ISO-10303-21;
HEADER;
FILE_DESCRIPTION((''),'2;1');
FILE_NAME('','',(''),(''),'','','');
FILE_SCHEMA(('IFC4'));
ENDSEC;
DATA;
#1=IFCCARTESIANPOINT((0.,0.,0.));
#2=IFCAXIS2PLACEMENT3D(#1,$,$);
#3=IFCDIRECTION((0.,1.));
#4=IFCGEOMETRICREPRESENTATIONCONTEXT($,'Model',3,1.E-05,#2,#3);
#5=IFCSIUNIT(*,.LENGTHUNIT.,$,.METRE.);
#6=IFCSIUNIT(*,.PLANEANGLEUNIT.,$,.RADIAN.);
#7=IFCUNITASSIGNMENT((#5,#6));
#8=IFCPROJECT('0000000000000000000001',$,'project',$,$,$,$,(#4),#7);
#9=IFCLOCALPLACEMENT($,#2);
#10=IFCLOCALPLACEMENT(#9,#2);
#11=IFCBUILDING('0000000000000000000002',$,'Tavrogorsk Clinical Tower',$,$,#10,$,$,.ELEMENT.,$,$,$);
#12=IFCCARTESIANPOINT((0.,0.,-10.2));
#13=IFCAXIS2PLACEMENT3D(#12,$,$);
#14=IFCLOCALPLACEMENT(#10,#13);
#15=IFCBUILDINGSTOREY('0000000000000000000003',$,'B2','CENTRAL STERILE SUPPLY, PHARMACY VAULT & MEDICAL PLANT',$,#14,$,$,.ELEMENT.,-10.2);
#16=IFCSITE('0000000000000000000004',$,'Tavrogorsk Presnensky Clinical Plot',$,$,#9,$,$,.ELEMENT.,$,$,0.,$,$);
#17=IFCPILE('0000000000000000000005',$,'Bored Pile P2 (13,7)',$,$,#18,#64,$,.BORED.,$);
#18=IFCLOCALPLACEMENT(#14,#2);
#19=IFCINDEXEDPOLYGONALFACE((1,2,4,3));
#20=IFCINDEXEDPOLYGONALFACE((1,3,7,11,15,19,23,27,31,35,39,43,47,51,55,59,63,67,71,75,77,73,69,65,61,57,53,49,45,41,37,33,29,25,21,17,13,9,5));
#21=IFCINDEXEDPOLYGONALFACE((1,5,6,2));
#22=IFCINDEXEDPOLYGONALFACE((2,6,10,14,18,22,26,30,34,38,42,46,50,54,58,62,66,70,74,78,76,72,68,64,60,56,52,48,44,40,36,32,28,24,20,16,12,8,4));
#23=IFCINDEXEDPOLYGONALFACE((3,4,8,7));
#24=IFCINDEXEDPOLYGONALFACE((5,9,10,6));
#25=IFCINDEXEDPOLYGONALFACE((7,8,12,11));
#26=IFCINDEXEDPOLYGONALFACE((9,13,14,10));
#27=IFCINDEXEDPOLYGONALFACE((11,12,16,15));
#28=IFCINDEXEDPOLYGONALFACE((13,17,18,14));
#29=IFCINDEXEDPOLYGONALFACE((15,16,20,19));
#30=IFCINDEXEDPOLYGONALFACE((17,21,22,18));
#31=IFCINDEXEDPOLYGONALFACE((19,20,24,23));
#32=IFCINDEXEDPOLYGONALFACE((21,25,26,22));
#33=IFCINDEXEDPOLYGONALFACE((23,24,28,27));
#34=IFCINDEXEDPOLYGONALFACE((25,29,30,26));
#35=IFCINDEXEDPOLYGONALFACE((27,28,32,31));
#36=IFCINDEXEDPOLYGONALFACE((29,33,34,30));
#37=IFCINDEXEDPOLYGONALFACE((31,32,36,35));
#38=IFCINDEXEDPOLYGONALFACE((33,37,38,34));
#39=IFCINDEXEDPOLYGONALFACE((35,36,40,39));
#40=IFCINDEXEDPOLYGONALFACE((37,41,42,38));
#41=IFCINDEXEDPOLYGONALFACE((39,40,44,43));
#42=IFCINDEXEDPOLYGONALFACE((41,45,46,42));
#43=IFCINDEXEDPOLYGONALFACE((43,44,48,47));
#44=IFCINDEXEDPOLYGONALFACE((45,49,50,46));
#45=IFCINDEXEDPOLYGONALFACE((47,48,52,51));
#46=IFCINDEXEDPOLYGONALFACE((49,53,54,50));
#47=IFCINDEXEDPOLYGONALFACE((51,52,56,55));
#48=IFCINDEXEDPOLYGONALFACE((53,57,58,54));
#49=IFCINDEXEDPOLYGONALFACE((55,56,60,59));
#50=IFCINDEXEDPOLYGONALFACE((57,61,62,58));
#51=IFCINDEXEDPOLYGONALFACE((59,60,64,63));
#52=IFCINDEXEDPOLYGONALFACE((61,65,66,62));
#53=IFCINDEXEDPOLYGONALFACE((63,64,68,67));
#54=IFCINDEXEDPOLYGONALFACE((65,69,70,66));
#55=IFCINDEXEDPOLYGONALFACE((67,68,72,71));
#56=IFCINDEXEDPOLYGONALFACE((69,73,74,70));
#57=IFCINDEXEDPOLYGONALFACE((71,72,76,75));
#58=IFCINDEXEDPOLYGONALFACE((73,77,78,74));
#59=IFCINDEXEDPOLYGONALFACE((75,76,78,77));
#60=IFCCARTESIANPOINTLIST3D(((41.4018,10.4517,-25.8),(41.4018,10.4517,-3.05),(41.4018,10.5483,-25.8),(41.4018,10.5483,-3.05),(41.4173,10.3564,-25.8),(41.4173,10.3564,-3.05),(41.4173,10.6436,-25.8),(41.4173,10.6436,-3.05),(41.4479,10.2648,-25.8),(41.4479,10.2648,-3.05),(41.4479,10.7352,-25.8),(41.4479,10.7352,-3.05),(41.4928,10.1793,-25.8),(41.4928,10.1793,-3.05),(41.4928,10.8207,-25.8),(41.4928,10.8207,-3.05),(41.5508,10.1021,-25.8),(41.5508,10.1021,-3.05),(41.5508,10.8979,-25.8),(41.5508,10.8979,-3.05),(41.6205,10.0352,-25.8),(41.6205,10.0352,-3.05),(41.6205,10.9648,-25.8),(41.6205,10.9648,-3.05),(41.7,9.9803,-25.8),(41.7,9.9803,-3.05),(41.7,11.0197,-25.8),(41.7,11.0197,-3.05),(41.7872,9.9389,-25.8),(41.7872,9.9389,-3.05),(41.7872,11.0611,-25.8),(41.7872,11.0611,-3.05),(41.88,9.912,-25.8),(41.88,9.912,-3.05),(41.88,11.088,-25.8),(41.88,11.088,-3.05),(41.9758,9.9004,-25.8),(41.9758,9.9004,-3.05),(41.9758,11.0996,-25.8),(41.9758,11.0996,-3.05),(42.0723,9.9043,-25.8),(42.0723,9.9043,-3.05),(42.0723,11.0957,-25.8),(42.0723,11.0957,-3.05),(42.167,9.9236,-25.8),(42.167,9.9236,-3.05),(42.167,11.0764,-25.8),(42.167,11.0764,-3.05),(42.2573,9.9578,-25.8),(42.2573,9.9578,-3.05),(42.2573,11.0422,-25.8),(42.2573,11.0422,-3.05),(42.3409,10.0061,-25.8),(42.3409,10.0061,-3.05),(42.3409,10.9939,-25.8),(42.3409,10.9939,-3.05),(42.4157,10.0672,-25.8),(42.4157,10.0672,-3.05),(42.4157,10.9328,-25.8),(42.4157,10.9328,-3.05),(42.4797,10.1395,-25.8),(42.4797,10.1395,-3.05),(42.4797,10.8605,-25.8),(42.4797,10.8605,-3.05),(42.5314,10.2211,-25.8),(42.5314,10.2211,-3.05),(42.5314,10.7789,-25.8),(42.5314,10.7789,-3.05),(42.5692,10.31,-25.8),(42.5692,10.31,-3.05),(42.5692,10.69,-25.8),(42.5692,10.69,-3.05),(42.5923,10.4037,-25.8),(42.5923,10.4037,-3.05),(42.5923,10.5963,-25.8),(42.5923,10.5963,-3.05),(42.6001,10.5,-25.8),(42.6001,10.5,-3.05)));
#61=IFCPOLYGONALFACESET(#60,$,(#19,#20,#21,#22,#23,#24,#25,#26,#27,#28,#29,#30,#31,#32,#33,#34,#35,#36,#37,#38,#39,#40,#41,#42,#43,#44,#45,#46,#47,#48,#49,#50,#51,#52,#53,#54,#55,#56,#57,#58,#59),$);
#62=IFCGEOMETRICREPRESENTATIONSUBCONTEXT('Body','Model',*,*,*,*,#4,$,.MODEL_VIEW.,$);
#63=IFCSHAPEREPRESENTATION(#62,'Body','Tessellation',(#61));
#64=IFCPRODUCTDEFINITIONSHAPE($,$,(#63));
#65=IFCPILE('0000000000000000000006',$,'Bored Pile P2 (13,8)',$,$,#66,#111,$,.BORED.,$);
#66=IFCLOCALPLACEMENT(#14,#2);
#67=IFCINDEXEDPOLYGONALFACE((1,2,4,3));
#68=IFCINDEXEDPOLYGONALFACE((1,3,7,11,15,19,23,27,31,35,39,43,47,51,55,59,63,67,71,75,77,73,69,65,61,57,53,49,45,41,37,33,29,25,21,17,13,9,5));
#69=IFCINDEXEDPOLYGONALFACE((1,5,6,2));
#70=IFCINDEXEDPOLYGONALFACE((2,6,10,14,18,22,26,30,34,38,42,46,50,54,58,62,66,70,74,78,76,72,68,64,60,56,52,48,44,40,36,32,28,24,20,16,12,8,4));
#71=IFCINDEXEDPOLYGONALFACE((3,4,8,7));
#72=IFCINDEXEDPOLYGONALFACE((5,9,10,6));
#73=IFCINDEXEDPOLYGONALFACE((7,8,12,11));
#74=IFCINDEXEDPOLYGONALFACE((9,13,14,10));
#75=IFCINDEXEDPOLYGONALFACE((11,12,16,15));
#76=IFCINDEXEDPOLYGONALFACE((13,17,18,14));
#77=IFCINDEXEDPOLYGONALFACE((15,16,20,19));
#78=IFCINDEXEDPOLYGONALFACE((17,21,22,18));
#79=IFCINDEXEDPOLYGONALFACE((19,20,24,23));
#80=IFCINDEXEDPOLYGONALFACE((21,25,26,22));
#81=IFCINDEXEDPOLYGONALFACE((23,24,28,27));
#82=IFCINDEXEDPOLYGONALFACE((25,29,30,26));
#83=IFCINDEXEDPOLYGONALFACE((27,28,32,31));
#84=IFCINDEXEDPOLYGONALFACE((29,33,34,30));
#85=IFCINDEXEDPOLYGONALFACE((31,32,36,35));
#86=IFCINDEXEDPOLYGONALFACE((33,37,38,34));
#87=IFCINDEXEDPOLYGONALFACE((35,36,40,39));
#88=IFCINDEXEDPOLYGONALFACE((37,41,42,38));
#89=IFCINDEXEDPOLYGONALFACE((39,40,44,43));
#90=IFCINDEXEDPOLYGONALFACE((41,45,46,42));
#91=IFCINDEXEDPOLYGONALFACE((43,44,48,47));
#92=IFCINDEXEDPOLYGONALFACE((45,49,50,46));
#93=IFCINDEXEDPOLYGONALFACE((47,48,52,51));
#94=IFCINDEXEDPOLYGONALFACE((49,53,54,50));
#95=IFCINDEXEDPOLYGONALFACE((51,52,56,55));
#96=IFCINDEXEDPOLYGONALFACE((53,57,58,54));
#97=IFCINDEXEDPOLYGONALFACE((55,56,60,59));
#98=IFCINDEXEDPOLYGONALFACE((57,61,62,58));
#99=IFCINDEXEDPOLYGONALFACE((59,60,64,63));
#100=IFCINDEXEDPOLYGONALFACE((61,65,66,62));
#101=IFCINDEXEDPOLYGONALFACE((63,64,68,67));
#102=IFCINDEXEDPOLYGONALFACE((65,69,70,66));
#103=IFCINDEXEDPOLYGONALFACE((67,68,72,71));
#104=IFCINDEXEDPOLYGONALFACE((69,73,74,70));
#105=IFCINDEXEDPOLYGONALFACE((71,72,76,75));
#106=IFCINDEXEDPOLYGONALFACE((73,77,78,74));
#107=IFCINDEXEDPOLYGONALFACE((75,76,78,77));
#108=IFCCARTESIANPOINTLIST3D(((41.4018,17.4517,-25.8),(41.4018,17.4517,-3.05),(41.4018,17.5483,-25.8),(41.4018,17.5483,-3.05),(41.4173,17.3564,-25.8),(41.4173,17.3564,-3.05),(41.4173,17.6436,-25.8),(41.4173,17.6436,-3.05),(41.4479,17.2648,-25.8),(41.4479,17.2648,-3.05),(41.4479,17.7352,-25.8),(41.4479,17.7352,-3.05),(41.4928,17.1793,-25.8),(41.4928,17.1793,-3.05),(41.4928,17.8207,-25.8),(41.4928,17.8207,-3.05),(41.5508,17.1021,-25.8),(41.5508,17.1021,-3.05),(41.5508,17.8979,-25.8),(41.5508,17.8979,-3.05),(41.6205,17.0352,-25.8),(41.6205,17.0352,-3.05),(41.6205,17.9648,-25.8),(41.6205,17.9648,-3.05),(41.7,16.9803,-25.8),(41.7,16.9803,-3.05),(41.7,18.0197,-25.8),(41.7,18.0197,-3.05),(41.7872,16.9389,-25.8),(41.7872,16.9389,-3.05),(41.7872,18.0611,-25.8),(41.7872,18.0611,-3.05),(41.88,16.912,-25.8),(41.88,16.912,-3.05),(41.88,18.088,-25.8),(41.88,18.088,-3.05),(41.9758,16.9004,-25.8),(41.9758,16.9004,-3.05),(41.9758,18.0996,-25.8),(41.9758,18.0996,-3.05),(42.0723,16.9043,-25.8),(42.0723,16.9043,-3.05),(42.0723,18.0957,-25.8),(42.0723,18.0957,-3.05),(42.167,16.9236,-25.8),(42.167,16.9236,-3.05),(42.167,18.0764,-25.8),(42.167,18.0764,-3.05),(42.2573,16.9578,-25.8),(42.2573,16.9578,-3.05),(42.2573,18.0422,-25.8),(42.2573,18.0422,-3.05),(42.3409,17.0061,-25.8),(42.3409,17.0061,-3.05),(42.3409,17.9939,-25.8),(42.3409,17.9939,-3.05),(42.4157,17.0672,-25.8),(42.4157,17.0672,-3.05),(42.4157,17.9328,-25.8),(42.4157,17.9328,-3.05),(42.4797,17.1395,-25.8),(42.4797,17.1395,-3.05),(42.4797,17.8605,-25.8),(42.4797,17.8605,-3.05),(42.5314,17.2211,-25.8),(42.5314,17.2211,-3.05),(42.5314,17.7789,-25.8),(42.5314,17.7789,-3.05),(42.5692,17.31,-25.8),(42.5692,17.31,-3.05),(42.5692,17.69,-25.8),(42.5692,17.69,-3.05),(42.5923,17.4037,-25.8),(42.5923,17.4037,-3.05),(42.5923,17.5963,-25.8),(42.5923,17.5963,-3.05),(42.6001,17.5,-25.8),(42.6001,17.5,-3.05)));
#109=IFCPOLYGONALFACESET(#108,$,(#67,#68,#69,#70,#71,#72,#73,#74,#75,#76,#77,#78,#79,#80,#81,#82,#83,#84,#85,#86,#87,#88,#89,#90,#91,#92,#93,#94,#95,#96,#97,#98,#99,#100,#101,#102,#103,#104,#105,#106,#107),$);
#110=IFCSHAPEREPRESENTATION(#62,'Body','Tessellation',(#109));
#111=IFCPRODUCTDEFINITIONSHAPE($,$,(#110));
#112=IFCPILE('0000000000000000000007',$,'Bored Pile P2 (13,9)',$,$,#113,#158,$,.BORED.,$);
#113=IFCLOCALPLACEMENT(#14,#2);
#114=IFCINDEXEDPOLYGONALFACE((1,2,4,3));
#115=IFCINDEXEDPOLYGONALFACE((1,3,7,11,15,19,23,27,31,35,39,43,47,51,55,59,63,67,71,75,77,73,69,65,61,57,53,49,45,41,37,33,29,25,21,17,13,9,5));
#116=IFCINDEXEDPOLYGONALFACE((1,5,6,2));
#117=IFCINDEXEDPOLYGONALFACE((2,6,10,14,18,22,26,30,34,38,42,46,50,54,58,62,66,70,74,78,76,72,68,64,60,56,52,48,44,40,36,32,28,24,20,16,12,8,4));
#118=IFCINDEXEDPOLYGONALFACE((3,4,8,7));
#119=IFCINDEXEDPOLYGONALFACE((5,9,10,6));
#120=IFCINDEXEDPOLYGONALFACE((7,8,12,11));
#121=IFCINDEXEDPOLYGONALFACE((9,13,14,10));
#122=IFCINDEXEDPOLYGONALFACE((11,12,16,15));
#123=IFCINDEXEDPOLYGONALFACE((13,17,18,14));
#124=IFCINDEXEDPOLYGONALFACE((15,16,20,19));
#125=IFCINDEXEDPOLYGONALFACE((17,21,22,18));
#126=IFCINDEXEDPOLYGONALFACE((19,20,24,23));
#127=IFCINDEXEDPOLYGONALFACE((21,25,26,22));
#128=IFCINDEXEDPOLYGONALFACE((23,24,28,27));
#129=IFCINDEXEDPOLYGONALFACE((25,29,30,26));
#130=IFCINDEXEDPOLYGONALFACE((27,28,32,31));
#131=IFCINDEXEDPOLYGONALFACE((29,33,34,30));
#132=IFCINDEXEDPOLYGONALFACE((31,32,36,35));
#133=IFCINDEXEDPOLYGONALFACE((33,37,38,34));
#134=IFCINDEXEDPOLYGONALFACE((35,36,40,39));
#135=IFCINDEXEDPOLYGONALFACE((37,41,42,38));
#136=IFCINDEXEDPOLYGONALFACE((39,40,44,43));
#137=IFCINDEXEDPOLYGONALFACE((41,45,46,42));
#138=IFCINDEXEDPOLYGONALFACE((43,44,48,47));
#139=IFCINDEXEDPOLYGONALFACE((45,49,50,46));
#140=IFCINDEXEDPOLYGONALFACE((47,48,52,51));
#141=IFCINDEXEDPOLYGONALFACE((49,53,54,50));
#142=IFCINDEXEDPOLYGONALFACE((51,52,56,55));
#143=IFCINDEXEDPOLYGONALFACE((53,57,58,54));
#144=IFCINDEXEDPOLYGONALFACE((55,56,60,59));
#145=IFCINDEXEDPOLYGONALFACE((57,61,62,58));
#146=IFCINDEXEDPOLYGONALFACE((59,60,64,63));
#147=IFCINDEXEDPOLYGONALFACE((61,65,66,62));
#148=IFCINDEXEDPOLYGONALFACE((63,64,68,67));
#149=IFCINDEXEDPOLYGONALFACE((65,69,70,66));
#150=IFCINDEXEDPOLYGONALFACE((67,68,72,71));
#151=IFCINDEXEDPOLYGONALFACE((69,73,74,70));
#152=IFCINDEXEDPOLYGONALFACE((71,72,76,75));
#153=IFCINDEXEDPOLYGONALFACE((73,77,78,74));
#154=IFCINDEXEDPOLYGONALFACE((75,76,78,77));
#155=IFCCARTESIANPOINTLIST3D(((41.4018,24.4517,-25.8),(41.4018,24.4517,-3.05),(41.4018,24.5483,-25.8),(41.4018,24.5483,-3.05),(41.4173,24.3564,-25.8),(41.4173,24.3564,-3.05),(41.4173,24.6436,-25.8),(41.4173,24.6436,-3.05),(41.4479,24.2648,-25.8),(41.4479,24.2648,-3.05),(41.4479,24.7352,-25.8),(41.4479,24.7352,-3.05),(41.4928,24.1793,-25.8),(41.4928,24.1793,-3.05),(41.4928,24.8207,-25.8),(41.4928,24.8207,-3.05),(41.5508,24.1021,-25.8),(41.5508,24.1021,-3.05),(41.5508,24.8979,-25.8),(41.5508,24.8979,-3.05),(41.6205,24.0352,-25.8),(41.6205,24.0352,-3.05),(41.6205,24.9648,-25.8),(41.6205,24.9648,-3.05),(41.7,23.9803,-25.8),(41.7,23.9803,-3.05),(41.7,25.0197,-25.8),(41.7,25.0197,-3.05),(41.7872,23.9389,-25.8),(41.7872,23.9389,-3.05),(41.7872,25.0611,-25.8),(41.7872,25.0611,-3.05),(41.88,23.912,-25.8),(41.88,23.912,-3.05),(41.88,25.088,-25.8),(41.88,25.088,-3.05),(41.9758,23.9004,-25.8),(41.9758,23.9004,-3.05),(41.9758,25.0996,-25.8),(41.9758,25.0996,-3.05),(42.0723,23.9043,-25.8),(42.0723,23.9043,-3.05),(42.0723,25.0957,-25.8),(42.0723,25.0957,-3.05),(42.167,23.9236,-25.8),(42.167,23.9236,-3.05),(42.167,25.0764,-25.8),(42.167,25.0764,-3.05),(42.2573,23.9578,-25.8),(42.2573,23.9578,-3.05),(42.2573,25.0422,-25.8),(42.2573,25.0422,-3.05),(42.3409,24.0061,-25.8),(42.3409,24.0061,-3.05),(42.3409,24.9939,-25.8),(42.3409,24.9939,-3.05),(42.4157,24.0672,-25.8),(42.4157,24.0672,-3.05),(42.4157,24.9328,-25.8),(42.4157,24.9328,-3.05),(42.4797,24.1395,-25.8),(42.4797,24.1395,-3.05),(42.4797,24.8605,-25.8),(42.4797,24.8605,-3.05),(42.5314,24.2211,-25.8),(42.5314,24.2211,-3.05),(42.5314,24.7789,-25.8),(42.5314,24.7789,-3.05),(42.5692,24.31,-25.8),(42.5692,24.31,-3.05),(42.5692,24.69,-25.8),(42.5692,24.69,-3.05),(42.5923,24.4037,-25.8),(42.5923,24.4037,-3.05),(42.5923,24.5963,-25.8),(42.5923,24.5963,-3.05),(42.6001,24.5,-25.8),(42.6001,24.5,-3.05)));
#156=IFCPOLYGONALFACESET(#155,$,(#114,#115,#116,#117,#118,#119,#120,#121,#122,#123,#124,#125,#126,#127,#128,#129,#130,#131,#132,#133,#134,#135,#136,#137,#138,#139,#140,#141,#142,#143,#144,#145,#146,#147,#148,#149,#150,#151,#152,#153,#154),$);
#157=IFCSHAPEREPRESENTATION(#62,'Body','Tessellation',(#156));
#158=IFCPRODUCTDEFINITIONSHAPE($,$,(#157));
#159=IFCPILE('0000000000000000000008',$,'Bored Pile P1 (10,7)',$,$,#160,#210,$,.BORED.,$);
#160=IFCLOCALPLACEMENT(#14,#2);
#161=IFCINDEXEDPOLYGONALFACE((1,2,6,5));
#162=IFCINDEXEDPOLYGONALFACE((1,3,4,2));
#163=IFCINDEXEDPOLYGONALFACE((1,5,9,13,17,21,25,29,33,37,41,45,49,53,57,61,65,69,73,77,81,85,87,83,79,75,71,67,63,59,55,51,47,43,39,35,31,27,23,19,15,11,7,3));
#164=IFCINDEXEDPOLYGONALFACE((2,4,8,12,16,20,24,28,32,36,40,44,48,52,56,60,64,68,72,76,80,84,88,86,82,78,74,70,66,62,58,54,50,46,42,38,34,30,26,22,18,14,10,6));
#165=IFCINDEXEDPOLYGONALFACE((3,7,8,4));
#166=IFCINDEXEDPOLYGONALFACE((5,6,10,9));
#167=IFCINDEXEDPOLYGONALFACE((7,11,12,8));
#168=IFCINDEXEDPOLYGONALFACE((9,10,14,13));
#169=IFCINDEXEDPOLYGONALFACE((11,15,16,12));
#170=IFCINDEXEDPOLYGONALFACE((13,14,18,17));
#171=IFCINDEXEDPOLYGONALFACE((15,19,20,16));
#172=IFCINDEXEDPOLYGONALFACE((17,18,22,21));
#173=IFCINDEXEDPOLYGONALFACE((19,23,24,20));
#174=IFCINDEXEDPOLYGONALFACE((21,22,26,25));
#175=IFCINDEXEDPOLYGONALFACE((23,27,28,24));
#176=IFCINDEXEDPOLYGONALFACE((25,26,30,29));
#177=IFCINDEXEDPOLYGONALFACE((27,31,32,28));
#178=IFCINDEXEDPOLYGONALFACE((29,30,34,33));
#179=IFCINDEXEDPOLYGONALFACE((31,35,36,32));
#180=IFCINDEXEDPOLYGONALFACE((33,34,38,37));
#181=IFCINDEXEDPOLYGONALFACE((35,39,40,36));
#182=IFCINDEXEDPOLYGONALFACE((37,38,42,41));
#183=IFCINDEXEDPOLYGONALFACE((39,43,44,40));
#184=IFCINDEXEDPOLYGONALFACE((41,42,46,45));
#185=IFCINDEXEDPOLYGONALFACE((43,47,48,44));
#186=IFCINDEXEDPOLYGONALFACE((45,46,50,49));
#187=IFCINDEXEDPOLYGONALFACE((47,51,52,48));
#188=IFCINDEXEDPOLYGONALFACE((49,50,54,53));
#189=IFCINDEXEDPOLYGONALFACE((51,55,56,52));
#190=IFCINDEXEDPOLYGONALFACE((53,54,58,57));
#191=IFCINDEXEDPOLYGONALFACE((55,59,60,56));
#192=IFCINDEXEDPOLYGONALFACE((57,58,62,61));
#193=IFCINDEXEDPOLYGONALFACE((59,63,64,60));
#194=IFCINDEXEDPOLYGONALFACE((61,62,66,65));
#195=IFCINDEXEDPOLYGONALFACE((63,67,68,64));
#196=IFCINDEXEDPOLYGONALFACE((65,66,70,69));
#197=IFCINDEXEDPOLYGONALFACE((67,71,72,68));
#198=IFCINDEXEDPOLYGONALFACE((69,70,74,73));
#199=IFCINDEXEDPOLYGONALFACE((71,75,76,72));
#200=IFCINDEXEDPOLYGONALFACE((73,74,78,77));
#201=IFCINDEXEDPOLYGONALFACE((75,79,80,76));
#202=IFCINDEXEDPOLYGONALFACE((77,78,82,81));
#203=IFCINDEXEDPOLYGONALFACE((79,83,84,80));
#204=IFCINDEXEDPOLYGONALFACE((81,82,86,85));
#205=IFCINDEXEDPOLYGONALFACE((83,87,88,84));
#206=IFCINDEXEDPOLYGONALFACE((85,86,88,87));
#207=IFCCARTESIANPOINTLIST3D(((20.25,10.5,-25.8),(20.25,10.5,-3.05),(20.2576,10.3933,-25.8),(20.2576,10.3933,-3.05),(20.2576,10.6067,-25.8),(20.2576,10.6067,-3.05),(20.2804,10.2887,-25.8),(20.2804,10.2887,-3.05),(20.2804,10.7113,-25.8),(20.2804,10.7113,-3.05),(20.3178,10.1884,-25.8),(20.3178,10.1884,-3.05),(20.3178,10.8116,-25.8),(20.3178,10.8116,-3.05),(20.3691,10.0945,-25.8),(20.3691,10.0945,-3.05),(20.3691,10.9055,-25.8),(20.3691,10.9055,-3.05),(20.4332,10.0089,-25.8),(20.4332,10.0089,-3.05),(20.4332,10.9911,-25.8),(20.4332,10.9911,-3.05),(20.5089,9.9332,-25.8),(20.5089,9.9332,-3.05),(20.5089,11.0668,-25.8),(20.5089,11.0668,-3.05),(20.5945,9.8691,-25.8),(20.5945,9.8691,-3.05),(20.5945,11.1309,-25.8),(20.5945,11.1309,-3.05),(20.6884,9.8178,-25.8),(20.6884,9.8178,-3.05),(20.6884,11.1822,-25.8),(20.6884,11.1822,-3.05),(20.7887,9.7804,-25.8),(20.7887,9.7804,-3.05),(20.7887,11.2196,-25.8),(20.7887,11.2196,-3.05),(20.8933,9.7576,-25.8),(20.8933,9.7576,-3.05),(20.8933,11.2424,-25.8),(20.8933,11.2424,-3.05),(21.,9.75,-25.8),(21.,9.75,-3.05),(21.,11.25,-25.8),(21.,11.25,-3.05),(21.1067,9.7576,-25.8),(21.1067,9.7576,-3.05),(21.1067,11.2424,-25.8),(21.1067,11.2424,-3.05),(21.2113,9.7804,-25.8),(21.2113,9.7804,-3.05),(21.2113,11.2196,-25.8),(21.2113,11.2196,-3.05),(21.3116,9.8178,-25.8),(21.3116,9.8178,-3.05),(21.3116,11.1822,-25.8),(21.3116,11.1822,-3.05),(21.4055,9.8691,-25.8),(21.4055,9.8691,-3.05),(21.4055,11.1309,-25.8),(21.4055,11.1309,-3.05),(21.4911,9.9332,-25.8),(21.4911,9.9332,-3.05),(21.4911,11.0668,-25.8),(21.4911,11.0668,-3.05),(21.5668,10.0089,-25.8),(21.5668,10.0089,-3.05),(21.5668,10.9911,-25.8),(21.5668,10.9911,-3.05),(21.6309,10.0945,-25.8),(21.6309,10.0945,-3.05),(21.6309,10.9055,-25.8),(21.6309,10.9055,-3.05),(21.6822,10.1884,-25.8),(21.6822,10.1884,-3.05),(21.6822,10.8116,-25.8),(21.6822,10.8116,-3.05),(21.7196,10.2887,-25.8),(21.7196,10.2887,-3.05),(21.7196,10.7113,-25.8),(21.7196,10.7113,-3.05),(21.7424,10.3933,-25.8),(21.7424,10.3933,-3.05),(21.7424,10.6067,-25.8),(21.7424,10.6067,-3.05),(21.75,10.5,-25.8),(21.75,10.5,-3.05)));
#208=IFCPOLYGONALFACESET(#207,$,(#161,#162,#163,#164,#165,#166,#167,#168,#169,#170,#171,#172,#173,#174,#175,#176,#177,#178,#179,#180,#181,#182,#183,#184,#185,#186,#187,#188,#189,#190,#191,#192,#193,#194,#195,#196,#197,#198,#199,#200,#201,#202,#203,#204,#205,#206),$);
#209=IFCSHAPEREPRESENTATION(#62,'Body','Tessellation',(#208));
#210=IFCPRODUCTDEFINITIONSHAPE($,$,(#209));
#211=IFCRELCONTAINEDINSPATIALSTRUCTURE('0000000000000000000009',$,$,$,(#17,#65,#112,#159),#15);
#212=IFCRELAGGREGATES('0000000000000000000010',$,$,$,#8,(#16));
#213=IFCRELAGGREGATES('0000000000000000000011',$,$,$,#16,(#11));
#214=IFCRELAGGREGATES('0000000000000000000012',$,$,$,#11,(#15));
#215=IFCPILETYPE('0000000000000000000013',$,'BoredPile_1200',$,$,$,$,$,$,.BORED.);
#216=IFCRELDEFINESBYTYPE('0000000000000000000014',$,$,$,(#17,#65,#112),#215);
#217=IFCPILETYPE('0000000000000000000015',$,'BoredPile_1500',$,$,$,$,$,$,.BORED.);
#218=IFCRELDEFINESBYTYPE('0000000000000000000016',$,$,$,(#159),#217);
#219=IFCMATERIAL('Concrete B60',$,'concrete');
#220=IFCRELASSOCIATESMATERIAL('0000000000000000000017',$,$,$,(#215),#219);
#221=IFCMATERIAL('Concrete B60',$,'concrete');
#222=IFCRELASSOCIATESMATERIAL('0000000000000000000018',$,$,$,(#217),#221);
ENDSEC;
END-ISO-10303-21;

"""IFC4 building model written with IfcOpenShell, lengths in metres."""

from ifc_helpers import new_model, si_unit, direction, frame, origin, origin_2d, place, context, subcontext, project, spatial, circle, extrude, material, material_profile, profile_set, type_object, element, save


model = new_model("IFC4")

# Units and contexts
model_context = context("Model", 3, precision=1e-05, world=origin(), true_north=direction((0.0, 1.0)))
body_context = subcontext(model_context, "Body", "Model", "MODEL_VIEW")
ifc_project = project(units=[si_unit("LENGTHUNIT", "METRE"), si_unit("PLANEANGLEUNIT", "RADIAN")], contexts=[model_context])

# Site, building, storey
site_placement = place(None, origin())
site = spatial("IfcSite", under=ifc_project, at=site_placement, Name="Tavrogorsk Presnensky Clinical Plot", CompositionType="ELEMENT", RefElevation=0.0)
building_placement = place(site_placement, origin())
building = spatial("IfcBuilding", under=site, at=building_placement, Name="Tavrogorsk Clinical Tower", CompositionType="ELEMENT")
storey_placement = place(building_placement, frame((0.0, 0.0, -10.2)))
storey = spatial("IfcBuildingStorey", under=building, at=storey_placement, Name="B2", Description="CENTRAL STERILE SUPPLY, PHARMACY VAULT & MEDICAL PLANT", CompositionType="ELEMENT", Elevation=-10.2)

# Piles
ifc_material_1 = material(Name="Concrete B60", Category="concrete")
ifc_material_profile_1 = material_profile(ifc_material_1, circle(Radius=0.6001, at=origin_2d()), Name="BORED-PILE-1200")
ifc_profile_set_1 = profile_set([ifc_material_profile_1], Name="Concrete B60")
pile_type_1 = type_object("IfcPileType", Name="BoredPile_1200", PredefinedType="BORED", material=ifc_profile_set_1)
for number, where, z_axis, x_axis, name in (
    (1, (42.0, 10.5, -3.05), (0.0, 0.0, -1.0), (1.0, 0.0, 0.0), "Bored Pile P2 (13,7)"),
    (2, (42.0, 17.5, -3.05), (0.0, 0.0, -1.0), (1.0, 0.0, 0.0), "Bored Pile P2 (13,8)"),
    (3, (42.0, 24.5, -3.05), (0.0, 0.0, -1.0), (1.0, 0.0, 0.0), "Bored Pile P2 (13,9)"),
):
    element("IfcPile", number, at=place(storey_placement, frame(where, z_axis=z_axis, x_axis=x_axis)), inside=storey, type_object=pile_type_1, Name=name, PredefinedType="BORED", context=body_context, shape_type="SweptSolid", body=[
        extrude(circle(Radius=0.6001, at=origin_2d()), origin(), (0.0, 0.0, 1.0), 22.75),
    ])
ifc_material_2 = material(Name="Concrete B60", Category="concrete")
ifc_material_profile_2 = material_profile(ifc_material_2, circle(Radius=0.75, at=origin_2d()), Name="BORED-PILE-1500")
ifc_profile_set_2 = profile_set([ifc_material_profile_2], Name="Concrete B60")
pile_type_2 = type_object("IfcPileType", Name="BoredPile_1500", PredefinedType="BORED", material=ifc_profile_set_2)
pile_placement = place(storey_placement, frame((21.0, 10.5, -3.05), z_axis=(0.0, 0.0, -1.0), x_axis=(1.0, 0.0, 0.0)))
element("IfcPile", 4, at=pile_placement, inside=storey, type_object=pile_type_2, Name="Bored Pile P1 (10,7)", PredefinedType="BORED", context=body_context, shape_type="SweptSolid", body=[
    extrude(circle(Radius=0.75, at=origin_2d()), origin(), (0.0, 0.0, 1.0), 22.75),
])

save(model, "model.ifc")
